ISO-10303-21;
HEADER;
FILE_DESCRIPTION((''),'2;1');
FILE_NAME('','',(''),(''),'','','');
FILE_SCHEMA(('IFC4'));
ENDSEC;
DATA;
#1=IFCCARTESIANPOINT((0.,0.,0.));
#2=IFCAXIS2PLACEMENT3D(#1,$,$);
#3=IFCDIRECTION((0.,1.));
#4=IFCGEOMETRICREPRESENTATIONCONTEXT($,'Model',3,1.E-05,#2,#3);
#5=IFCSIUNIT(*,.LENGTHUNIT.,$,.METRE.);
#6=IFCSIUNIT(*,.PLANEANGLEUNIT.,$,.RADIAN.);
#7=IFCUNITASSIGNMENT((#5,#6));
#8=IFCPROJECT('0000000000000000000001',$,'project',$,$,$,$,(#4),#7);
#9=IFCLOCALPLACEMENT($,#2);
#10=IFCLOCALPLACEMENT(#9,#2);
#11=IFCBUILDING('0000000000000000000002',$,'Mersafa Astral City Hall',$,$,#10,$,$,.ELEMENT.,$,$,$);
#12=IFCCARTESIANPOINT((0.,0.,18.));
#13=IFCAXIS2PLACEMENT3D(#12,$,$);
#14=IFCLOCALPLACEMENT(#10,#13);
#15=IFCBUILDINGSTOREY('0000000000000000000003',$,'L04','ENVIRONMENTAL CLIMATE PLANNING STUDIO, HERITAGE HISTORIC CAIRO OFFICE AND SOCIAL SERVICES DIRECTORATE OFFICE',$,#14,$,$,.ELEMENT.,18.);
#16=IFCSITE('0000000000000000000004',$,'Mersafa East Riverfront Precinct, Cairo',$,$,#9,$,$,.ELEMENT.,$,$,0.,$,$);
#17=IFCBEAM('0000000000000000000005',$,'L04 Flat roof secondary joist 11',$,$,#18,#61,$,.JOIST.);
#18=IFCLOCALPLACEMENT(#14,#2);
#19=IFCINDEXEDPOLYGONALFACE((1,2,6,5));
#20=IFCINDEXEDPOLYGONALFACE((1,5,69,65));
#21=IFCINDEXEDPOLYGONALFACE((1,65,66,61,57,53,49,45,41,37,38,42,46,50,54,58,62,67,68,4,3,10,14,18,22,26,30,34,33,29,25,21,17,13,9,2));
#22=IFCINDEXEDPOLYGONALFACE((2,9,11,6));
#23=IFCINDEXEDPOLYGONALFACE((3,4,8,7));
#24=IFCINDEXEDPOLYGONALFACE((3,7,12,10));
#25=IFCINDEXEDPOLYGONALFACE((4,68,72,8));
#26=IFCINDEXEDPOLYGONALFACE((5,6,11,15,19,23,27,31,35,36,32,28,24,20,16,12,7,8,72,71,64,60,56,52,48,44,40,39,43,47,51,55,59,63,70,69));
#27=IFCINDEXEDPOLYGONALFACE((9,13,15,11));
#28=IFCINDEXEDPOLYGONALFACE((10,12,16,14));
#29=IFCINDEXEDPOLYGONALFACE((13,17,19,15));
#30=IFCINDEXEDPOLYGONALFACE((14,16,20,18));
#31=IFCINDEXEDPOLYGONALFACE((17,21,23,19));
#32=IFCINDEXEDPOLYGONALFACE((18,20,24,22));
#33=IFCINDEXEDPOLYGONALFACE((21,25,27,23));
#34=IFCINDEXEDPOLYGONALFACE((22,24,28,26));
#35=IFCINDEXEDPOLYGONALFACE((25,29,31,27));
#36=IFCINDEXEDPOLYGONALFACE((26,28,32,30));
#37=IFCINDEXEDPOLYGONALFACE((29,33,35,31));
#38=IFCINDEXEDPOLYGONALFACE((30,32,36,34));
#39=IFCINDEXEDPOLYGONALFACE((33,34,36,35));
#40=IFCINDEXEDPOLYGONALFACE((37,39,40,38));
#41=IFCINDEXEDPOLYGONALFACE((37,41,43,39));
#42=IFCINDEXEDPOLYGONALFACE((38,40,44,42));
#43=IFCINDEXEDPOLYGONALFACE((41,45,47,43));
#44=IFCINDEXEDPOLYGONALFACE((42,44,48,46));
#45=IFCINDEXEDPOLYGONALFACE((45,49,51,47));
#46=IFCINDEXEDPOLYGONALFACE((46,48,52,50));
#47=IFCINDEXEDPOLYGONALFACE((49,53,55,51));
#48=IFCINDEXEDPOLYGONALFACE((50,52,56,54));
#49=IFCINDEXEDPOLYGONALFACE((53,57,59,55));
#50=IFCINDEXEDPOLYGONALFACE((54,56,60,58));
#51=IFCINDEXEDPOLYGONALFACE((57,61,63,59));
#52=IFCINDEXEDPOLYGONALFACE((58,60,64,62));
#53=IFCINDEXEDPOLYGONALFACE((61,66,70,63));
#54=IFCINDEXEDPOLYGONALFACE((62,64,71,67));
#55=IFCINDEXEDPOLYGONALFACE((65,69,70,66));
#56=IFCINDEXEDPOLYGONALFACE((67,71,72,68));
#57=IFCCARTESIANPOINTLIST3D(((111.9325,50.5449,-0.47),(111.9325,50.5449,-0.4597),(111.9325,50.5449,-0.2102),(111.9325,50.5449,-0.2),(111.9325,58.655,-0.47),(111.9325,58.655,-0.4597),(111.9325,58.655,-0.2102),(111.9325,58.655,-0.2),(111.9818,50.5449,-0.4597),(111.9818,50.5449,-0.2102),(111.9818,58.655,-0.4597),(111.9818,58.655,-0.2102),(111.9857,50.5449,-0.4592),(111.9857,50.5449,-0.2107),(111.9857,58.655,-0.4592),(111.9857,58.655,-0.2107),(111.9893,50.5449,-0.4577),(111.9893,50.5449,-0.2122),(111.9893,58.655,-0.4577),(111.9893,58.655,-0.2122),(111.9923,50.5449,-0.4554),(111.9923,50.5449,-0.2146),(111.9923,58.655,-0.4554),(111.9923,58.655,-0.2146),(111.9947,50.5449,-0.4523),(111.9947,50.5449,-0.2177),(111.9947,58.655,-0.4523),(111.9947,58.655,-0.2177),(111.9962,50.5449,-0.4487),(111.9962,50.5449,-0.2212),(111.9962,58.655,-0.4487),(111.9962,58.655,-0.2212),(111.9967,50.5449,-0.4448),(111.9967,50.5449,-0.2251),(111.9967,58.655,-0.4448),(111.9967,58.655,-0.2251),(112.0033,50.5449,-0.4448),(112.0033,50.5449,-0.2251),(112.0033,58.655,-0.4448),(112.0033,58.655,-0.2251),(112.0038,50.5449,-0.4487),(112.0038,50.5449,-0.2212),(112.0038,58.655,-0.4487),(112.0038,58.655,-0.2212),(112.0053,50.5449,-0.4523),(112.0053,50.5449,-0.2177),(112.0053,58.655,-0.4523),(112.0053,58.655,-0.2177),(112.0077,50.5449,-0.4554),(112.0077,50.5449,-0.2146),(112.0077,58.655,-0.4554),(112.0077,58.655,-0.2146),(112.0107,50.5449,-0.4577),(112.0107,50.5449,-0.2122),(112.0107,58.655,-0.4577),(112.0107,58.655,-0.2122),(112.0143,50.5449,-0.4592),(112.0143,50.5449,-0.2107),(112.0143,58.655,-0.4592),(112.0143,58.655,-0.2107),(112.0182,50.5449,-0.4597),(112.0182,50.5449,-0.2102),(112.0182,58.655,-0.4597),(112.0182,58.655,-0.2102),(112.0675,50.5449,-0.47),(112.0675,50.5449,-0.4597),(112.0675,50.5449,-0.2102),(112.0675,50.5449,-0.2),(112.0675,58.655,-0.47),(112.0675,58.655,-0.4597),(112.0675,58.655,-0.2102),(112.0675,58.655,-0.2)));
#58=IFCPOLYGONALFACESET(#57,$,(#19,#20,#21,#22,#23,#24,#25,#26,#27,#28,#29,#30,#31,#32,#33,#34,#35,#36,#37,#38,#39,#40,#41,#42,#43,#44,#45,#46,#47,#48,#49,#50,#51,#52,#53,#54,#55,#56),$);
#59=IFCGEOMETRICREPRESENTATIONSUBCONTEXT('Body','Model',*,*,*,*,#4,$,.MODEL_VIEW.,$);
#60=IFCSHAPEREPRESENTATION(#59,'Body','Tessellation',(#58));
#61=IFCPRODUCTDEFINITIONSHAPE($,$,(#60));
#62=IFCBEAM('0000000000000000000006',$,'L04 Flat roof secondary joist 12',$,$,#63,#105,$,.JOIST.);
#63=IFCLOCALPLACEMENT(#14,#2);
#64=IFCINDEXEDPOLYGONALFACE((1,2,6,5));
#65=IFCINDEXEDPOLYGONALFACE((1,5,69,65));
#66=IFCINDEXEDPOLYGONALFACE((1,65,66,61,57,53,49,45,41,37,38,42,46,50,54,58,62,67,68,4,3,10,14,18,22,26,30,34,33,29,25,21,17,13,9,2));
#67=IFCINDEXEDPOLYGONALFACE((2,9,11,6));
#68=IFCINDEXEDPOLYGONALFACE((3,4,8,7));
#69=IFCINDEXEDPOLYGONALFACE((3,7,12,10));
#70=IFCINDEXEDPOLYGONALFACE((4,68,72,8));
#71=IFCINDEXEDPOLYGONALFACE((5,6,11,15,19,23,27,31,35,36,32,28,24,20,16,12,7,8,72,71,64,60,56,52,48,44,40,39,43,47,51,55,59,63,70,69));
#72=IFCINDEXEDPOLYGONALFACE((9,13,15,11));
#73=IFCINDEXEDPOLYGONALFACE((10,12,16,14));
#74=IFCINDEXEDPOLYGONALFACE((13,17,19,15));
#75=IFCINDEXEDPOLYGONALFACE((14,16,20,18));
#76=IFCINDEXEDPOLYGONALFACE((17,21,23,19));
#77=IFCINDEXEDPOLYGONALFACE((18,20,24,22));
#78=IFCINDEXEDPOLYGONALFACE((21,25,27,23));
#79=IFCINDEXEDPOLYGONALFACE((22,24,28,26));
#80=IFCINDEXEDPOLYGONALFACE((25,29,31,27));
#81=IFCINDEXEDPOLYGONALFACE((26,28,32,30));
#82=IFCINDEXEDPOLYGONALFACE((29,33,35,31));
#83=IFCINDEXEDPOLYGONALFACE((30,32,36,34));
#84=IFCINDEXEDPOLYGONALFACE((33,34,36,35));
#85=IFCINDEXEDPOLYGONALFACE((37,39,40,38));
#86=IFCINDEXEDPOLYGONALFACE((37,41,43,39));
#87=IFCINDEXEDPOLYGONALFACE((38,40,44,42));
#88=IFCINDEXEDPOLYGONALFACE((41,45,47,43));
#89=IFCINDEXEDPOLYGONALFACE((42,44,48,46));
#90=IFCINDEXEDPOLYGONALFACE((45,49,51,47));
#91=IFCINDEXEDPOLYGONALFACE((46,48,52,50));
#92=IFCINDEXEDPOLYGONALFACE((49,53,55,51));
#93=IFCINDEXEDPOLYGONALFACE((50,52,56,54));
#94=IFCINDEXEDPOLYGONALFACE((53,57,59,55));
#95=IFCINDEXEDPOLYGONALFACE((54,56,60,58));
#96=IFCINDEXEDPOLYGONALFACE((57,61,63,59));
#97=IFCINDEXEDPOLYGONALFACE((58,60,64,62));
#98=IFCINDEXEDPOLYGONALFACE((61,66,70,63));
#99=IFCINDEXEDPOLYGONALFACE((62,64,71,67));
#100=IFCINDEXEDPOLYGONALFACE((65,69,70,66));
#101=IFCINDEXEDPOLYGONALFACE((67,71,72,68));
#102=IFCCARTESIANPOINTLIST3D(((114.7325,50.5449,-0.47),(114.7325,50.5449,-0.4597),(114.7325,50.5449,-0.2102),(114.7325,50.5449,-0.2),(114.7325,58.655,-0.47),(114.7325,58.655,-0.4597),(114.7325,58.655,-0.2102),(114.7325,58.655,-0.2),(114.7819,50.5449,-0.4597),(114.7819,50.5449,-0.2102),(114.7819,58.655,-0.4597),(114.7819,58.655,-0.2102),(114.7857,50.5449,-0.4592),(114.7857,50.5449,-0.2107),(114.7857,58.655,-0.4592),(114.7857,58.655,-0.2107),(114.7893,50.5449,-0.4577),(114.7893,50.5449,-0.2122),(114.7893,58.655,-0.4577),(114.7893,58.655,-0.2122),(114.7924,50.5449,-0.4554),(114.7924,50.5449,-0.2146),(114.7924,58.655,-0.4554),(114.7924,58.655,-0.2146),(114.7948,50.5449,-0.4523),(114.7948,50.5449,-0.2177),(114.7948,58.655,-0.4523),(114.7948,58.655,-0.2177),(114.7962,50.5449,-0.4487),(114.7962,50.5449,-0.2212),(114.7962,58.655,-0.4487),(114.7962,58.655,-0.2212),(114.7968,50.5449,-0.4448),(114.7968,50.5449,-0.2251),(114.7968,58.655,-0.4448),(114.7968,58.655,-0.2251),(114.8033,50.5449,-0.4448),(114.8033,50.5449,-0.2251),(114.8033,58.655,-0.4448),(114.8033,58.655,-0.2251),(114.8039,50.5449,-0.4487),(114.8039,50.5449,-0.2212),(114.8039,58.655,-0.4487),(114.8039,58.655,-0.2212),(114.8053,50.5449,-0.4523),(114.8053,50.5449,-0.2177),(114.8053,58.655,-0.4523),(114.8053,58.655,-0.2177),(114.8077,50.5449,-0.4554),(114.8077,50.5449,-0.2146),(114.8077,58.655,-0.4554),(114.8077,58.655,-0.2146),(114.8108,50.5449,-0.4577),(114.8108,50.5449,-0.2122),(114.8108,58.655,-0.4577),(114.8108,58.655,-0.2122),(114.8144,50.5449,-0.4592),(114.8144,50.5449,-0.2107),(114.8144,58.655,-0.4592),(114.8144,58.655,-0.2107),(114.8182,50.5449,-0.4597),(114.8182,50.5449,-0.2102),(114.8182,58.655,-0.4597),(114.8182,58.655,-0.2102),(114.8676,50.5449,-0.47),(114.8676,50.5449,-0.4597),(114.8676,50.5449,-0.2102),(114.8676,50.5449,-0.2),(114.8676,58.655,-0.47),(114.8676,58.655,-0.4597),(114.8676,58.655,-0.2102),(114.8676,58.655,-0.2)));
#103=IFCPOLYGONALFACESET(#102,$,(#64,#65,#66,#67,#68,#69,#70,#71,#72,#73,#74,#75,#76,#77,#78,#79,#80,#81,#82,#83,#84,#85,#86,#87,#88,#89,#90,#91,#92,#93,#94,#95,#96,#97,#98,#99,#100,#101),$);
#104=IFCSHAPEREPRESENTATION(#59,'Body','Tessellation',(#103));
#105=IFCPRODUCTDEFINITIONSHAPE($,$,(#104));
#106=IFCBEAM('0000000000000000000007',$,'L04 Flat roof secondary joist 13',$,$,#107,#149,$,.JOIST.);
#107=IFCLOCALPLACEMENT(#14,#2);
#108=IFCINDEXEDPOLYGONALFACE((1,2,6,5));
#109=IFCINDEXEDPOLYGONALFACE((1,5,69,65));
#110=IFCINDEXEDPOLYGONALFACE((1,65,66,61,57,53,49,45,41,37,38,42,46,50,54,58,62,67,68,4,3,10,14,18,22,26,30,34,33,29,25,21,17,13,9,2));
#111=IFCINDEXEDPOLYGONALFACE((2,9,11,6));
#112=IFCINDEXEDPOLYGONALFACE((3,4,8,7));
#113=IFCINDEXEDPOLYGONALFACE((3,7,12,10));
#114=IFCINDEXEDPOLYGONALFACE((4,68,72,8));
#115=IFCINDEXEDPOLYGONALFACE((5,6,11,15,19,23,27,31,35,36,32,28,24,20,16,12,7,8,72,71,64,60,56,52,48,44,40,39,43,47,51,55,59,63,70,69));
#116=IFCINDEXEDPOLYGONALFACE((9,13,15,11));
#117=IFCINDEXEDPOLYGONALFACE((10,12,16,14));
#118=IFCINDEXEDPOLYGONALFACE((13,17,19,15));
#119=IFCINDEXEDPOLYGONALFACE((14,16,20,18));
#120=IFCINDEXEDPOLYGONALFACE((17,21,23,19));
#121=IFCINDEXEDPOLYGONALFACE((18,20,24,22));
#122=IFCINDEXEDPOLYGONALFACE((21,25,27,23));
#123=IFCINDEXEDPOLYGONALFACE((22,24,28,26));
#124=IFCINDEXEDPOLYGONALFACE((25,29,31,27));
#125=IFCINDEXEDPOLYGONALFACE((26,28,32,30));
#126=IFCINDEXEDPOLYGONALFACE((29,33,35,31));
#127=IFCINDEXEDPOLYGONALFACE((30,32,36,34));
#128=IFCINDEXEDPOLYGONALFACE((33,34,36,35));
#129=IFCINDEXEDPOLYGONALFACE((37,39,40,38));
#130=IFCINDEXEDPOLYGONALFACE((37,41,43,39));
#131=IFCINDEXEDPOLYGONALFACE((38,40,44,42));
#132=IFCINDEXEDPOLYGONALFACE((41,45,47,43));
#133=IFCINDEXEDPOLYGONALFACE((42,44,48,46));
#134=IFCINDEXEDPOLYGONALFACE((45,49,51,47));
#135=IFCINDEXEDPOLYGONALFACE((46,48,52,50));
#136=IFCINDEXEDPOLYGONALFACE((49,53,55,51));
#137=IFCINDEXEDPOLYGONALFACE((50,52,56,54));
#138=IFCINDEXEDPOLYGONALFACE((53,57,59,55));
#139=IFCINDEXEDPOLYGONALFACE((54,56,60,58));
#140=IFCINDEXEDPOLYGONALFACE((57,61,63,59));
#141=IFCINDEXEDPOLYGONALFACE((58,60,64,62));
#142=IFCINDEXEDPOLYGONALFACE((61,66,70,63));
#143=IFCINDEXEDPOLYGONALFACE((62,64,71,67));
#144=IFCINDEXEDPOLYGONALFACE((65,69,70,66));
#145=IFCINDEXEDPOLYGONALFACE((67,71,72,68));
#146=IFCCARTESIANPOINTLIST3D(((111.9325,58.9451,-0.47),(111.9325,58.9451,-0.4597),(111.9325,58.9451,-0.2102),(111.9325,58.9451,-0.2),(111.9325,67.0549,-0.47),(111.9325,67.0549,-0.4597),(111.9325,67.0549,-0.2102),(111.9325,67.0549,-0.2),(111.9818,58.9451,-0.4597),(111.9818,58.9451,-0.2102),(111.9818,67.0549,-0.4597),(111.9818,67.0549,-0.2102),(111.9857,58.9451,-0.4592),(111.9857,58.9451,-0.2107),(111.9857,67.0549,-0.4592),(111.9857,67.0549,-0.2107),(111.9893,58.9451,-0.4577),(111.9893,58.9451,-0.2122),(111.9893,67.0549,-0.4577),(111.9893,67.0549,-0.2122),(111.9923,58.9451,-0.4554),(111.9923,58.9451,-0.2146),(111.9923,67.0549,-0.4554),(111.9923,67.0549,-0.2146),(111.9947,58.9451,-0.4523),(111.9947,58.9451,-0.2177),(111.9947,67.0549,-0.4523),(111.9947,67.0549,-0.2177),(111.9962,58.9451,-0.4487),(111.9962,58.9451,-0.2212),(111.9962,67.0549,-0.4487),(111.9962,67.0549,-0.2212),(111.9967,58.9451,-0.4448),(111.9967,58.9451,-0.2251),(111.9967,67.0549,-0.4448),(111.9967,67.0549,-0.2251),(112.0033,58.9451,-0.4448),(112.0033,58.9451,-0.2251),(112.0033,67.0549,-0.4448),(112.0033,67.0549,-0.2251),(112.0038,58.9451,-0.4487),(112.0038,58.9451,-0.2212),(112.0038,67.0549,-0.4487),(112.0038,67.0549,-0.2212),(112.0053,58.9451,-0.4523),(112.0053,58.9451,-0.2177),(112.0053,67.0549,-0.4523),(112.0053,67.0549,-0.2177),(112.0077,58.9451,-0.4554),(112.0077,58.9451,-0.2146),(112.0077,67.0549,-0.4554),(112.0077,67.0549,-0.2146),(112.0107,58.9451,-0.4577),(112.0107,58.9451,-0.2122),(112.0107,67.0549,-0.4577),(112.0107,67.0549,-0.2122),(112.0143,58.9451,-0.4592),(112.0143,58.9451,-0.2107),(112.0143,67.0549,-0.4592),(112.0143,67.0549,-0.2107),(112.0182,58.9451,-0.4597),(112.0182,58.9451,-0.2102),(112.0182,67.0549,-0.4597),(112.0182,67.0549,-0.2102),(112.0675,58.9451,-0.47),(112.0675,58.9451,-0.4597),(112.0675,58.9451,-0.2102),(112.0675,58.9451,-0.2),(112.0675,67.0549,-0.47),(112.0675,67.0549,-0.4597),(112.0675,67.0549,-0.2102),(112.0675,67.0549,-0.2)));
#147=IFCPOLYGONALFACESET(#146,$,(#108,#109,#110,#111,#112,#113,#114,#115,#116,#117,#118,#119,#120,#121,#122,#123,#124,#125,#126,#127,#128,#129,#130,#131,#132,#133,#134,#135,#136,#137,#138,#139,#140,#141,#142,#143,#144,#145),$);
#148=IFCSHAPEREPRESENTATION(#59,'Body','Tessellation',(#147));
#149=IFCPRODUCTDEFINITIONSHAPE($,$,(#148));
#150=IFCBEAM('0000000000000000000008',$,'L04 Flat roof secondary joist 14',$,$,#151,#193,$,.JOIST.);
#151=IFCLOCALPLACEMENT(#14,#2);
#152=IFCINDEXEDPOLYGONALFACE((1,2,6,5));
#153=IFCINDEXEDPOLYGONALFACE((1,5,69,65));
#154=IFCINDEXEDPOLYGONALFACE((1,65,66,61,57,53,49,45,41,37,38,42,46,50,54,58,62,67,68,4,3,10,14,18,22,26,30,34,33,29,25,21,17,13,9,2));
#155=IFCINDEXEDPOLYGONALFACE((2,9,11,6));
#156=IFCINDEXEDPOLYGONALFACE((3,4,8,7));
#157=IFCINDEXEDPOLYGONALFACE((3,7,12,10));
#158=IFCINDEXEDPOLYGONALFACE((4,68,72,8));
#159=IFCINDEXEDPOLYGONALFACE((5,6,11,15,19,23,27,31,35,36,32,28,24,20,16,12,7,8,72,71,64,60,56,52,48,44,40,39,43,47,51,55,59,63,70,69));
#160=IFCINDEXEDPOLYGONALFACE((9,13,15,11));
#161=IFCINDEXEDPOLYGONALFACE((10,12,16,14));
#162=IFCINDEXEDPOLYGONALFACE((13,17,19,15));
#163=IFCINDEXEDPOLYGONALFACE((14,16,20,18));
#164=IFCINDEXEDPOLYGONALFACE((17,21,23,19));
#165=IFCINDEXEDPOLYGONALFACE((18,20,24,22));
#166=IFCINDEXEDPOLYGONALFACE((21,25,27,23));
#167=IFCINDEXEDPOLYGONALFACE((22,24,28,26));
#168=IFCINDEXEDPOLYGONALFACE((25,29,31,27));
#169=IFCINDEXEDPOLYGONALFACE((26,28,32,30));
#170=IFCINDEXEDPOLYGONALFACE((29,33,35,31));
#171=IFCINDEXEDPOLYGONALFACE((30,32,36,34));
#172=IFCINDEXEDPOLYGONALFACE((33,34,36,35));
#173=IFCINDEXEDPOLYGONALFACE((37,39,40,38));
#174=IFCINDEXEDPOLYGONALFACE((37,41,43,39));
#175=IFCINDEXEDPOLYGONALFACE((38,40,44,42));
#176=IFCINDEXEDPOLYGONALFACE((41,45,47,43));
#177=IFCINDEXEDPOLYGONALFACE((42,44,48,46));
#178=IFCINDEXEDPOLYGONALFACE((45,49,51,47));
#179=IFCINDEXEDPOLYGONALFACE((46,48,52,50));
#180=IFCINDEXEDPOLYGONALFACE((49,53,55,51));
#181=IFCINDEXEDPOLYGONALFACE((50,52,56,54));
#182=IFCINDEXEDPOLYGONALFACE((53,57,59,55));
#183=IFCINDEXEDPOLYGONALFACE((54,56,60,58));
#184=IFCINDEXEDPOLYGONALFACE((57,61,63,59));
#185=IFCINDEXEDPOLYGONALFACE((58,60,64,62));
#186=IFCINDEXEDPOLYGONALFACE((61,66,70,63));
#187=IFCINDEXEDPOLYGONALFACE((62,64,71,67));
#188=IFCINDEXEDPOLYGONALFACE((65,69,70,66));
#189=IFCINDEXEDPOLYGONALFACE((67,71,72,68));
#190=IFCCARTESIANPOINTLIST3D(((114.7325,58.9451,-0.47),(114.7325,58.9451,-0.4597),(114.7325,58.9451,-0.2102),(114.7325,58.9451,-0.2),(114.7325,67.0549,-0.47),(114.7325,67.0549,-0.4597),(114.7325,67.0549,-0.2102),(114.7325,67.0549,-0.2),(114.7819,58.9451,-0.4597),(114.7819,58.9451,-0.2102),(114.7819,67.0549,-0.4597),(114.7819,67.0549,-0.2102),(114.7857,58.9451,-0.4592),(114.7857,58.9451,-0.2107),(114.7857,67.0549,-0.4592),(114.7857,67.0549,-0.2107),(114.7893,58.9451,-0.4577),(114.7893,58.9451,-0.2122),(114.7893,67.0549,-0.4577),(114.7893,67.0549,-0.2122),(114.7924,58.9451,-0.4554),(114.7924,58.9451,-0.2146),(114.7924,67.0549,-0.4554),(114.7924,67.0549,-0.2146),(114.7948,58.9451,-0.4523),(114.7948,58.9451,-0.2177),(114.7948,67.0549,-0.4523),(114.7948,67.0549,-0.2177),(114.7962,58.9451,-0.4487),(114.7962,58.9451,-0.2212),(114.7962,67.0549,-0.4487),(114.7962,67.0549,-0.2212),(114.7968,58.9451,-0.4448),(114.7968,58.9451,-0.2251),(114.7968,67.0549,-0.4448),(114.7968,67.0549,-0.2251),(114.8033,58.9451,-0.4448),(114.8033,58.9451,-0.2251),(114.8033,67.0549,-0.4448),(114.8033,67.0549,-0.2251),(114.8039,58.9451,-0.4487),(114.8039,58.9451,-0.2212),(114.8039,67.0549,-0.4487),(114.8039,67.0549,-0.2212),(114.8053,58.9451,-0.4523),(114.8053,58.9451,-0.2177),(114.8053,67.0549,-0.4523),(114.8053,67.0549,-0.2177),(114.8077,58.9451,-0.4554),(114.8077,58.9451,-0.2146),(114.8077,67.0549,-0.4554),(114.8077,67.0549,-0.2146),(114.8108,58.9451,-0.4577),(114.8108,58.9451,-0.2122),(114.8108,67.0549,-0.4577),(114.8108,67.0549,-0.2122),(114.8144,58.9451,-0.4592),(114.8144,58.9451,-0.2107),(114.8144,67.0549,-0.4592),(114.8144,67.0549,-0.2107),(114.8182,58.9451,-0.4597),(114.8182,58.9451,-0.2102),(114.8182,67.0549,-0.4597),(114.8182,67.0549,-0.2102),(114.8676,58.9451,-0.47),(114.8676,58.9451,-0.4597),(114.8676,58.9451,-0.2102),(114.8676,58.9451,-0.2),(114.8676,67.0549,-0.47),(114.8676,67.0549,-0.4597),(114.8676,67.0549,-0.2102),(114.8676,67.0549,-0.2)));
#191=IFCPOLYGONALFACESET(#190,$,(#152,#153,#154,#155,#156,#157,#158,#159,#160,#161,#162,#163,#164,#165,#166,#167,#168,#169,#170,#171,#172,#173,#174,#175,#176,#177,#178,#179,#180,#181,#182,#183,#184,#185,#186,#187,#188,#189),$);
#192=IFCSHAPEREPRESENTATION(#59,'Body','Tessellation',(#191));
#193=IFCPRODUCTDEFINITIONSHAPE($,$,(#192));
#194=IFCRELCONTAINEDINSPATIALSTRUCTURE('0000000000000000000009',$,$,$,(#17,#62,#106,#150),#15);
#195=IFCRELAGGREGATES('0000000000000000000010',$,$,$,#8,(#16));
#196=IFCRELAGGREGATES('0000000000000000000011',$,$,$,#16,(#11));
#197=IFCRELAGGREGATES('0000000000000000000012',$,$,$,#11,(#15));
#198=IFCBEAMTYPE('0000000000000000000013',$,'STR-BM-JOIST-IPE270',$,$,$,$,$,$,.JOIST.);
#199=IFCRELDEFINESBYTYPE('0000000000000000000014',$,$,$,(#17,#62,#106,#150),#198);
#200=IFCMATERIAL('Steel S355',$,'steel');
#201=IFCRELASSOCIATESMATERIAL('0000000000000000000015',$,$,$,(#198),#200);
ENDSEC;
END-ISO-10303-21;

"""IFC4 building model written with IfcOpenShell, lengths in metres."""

from ifc_helpers import new_model, si_unit, direction, frame, origin, origin_2d, place, context, subcontext, project, spatial, i_section, extrude, material, material_profile, profile_set, type_object, element, save


model = new_model("IFC4")

# Units and contexts
model_context = context("Model", 3, precision=1e-05, world=origin(), true_north=direction((0.0, 1.0)))
body_context = subcontext(model_context, "Body", "Model", "MODEL_VIEW")
ifc_project = project(units=[si_unit("LENGTHUNIT", "METRE"), si_unit("PLANEANGLEUNIT", "RADIAN")], contexts=[model_context])

# Site, building, storey
site_placement = place(None, origin())
site = spatial("IfcSite", under=ifc_project, at=site_placement, Name="Mersafa East Riverfront Precinct, Cairo", CompositionType="ELEMENT", RefElevation=0.0)
building_placement = place(site_placement, origin())
building = spatial("IfcBuilding", under=site, at=building_placement, Name="Mersafa Astral City Hall", CompositionType="ELEMENT")
storey_placement = place(building_placement, frame((0.0, 0.0, 18.0)))
storey = spatial("IfcBuildingStorey", under=building, at=storey_placement, Name="L04", Description="ENVIRONMENTAL CLIMATE PLANNING STUDIO, HERITAGE HISTORIC CAIRO OFFICE AND SOCIAL SERVICES DIRECTORATE OFFICE", CompositionType="ELEMENT", Elevation=18.0)

# Shared definitions
ifc_material_1 = material(Name="Steel S355", Category="steel")

# Beams
ifc_material_profile_1 = material_profile(ifc_material_1, i_section(OverallWidth=0.135, OverallDepth=0.27, WebThickness=0.0066, FlangeThickness=0.0103, FilletRadius=0.0149, at=origin_2d()), Name="IPE 270")
ifc_profile_set_1 = profile_set([ifc_material_profile_1], Name="Steel S355")
beam_type_1 = type_object("IfcBeamType", Name="STR-BM-JOIST-IPE270", PredefinedType="JOIST", material=ifc_profile_set_1)
for number, where, z_axis, x_axis, name in (
    (1, (112.0, 50.5449, -0.335), (0.0, 1.0, 0.0), (-1.0, 0.0, 0.0), "L04 Flat roof secondary joist 11"),
    (2, (114.8, 50.5449, -0.335), (0.0, 1.0, 0.0), (-1.0, 0.0, 0.0), "L04 Flat roof secondary joist 12"),
):
    element("IfcBeam", number, at=place(storey_placement, frame(where, z_axis=z_axis, x_axis=x_axis)), inside=storey, type_object=beam_type_1, Name=name, PredefinedType="JOIST", context=body_context, shape_type="SweptSolid", body=[
        extrude(i_section(OverallWidth=0.135, OverallDepth=0.27, WebThickness=0.0066, FlangeThickness=0.0103, FilletRadius=0.0149, at=origin_2d()), origin(), (0.0, 0.0, 1.0), 8.1101),
    ])
for number, where, z_axis, x_axis, name in (
    (3, (112.0, 58.9451, -0.335), (0.0, 1.0, 0.0), (-1.0, 0.0, 0.0), "L04 Flat roof secondary joist 13"),
    (4, (114.8, 58.9451, -0.335), (0.0, 1.0, 0.0), (-1.0, 0.0, 0.0), "L04 Flat roof secondary joist 14"),
):
    element("IfcBeam", number, at=place(storey_placement, frame(where, z_axis=z_axis, x_axis=x_axis)), inside=storey, type_object=beam_type_1, Name=name, PredefinedType="JOIST", context=body_context, shape_type="SweptSolid", body=[
        extrude(i_section(OverallWidth=0.135, OverallDepth=0.27, WebThickness=0.0066, FlangeThickness=0.0103, FilletRadius=0.0149, at=origin_2d()), origin(), (0.0, 0.0, 1.0), 8.1099),
    ])

save(model, "model.ifc")
